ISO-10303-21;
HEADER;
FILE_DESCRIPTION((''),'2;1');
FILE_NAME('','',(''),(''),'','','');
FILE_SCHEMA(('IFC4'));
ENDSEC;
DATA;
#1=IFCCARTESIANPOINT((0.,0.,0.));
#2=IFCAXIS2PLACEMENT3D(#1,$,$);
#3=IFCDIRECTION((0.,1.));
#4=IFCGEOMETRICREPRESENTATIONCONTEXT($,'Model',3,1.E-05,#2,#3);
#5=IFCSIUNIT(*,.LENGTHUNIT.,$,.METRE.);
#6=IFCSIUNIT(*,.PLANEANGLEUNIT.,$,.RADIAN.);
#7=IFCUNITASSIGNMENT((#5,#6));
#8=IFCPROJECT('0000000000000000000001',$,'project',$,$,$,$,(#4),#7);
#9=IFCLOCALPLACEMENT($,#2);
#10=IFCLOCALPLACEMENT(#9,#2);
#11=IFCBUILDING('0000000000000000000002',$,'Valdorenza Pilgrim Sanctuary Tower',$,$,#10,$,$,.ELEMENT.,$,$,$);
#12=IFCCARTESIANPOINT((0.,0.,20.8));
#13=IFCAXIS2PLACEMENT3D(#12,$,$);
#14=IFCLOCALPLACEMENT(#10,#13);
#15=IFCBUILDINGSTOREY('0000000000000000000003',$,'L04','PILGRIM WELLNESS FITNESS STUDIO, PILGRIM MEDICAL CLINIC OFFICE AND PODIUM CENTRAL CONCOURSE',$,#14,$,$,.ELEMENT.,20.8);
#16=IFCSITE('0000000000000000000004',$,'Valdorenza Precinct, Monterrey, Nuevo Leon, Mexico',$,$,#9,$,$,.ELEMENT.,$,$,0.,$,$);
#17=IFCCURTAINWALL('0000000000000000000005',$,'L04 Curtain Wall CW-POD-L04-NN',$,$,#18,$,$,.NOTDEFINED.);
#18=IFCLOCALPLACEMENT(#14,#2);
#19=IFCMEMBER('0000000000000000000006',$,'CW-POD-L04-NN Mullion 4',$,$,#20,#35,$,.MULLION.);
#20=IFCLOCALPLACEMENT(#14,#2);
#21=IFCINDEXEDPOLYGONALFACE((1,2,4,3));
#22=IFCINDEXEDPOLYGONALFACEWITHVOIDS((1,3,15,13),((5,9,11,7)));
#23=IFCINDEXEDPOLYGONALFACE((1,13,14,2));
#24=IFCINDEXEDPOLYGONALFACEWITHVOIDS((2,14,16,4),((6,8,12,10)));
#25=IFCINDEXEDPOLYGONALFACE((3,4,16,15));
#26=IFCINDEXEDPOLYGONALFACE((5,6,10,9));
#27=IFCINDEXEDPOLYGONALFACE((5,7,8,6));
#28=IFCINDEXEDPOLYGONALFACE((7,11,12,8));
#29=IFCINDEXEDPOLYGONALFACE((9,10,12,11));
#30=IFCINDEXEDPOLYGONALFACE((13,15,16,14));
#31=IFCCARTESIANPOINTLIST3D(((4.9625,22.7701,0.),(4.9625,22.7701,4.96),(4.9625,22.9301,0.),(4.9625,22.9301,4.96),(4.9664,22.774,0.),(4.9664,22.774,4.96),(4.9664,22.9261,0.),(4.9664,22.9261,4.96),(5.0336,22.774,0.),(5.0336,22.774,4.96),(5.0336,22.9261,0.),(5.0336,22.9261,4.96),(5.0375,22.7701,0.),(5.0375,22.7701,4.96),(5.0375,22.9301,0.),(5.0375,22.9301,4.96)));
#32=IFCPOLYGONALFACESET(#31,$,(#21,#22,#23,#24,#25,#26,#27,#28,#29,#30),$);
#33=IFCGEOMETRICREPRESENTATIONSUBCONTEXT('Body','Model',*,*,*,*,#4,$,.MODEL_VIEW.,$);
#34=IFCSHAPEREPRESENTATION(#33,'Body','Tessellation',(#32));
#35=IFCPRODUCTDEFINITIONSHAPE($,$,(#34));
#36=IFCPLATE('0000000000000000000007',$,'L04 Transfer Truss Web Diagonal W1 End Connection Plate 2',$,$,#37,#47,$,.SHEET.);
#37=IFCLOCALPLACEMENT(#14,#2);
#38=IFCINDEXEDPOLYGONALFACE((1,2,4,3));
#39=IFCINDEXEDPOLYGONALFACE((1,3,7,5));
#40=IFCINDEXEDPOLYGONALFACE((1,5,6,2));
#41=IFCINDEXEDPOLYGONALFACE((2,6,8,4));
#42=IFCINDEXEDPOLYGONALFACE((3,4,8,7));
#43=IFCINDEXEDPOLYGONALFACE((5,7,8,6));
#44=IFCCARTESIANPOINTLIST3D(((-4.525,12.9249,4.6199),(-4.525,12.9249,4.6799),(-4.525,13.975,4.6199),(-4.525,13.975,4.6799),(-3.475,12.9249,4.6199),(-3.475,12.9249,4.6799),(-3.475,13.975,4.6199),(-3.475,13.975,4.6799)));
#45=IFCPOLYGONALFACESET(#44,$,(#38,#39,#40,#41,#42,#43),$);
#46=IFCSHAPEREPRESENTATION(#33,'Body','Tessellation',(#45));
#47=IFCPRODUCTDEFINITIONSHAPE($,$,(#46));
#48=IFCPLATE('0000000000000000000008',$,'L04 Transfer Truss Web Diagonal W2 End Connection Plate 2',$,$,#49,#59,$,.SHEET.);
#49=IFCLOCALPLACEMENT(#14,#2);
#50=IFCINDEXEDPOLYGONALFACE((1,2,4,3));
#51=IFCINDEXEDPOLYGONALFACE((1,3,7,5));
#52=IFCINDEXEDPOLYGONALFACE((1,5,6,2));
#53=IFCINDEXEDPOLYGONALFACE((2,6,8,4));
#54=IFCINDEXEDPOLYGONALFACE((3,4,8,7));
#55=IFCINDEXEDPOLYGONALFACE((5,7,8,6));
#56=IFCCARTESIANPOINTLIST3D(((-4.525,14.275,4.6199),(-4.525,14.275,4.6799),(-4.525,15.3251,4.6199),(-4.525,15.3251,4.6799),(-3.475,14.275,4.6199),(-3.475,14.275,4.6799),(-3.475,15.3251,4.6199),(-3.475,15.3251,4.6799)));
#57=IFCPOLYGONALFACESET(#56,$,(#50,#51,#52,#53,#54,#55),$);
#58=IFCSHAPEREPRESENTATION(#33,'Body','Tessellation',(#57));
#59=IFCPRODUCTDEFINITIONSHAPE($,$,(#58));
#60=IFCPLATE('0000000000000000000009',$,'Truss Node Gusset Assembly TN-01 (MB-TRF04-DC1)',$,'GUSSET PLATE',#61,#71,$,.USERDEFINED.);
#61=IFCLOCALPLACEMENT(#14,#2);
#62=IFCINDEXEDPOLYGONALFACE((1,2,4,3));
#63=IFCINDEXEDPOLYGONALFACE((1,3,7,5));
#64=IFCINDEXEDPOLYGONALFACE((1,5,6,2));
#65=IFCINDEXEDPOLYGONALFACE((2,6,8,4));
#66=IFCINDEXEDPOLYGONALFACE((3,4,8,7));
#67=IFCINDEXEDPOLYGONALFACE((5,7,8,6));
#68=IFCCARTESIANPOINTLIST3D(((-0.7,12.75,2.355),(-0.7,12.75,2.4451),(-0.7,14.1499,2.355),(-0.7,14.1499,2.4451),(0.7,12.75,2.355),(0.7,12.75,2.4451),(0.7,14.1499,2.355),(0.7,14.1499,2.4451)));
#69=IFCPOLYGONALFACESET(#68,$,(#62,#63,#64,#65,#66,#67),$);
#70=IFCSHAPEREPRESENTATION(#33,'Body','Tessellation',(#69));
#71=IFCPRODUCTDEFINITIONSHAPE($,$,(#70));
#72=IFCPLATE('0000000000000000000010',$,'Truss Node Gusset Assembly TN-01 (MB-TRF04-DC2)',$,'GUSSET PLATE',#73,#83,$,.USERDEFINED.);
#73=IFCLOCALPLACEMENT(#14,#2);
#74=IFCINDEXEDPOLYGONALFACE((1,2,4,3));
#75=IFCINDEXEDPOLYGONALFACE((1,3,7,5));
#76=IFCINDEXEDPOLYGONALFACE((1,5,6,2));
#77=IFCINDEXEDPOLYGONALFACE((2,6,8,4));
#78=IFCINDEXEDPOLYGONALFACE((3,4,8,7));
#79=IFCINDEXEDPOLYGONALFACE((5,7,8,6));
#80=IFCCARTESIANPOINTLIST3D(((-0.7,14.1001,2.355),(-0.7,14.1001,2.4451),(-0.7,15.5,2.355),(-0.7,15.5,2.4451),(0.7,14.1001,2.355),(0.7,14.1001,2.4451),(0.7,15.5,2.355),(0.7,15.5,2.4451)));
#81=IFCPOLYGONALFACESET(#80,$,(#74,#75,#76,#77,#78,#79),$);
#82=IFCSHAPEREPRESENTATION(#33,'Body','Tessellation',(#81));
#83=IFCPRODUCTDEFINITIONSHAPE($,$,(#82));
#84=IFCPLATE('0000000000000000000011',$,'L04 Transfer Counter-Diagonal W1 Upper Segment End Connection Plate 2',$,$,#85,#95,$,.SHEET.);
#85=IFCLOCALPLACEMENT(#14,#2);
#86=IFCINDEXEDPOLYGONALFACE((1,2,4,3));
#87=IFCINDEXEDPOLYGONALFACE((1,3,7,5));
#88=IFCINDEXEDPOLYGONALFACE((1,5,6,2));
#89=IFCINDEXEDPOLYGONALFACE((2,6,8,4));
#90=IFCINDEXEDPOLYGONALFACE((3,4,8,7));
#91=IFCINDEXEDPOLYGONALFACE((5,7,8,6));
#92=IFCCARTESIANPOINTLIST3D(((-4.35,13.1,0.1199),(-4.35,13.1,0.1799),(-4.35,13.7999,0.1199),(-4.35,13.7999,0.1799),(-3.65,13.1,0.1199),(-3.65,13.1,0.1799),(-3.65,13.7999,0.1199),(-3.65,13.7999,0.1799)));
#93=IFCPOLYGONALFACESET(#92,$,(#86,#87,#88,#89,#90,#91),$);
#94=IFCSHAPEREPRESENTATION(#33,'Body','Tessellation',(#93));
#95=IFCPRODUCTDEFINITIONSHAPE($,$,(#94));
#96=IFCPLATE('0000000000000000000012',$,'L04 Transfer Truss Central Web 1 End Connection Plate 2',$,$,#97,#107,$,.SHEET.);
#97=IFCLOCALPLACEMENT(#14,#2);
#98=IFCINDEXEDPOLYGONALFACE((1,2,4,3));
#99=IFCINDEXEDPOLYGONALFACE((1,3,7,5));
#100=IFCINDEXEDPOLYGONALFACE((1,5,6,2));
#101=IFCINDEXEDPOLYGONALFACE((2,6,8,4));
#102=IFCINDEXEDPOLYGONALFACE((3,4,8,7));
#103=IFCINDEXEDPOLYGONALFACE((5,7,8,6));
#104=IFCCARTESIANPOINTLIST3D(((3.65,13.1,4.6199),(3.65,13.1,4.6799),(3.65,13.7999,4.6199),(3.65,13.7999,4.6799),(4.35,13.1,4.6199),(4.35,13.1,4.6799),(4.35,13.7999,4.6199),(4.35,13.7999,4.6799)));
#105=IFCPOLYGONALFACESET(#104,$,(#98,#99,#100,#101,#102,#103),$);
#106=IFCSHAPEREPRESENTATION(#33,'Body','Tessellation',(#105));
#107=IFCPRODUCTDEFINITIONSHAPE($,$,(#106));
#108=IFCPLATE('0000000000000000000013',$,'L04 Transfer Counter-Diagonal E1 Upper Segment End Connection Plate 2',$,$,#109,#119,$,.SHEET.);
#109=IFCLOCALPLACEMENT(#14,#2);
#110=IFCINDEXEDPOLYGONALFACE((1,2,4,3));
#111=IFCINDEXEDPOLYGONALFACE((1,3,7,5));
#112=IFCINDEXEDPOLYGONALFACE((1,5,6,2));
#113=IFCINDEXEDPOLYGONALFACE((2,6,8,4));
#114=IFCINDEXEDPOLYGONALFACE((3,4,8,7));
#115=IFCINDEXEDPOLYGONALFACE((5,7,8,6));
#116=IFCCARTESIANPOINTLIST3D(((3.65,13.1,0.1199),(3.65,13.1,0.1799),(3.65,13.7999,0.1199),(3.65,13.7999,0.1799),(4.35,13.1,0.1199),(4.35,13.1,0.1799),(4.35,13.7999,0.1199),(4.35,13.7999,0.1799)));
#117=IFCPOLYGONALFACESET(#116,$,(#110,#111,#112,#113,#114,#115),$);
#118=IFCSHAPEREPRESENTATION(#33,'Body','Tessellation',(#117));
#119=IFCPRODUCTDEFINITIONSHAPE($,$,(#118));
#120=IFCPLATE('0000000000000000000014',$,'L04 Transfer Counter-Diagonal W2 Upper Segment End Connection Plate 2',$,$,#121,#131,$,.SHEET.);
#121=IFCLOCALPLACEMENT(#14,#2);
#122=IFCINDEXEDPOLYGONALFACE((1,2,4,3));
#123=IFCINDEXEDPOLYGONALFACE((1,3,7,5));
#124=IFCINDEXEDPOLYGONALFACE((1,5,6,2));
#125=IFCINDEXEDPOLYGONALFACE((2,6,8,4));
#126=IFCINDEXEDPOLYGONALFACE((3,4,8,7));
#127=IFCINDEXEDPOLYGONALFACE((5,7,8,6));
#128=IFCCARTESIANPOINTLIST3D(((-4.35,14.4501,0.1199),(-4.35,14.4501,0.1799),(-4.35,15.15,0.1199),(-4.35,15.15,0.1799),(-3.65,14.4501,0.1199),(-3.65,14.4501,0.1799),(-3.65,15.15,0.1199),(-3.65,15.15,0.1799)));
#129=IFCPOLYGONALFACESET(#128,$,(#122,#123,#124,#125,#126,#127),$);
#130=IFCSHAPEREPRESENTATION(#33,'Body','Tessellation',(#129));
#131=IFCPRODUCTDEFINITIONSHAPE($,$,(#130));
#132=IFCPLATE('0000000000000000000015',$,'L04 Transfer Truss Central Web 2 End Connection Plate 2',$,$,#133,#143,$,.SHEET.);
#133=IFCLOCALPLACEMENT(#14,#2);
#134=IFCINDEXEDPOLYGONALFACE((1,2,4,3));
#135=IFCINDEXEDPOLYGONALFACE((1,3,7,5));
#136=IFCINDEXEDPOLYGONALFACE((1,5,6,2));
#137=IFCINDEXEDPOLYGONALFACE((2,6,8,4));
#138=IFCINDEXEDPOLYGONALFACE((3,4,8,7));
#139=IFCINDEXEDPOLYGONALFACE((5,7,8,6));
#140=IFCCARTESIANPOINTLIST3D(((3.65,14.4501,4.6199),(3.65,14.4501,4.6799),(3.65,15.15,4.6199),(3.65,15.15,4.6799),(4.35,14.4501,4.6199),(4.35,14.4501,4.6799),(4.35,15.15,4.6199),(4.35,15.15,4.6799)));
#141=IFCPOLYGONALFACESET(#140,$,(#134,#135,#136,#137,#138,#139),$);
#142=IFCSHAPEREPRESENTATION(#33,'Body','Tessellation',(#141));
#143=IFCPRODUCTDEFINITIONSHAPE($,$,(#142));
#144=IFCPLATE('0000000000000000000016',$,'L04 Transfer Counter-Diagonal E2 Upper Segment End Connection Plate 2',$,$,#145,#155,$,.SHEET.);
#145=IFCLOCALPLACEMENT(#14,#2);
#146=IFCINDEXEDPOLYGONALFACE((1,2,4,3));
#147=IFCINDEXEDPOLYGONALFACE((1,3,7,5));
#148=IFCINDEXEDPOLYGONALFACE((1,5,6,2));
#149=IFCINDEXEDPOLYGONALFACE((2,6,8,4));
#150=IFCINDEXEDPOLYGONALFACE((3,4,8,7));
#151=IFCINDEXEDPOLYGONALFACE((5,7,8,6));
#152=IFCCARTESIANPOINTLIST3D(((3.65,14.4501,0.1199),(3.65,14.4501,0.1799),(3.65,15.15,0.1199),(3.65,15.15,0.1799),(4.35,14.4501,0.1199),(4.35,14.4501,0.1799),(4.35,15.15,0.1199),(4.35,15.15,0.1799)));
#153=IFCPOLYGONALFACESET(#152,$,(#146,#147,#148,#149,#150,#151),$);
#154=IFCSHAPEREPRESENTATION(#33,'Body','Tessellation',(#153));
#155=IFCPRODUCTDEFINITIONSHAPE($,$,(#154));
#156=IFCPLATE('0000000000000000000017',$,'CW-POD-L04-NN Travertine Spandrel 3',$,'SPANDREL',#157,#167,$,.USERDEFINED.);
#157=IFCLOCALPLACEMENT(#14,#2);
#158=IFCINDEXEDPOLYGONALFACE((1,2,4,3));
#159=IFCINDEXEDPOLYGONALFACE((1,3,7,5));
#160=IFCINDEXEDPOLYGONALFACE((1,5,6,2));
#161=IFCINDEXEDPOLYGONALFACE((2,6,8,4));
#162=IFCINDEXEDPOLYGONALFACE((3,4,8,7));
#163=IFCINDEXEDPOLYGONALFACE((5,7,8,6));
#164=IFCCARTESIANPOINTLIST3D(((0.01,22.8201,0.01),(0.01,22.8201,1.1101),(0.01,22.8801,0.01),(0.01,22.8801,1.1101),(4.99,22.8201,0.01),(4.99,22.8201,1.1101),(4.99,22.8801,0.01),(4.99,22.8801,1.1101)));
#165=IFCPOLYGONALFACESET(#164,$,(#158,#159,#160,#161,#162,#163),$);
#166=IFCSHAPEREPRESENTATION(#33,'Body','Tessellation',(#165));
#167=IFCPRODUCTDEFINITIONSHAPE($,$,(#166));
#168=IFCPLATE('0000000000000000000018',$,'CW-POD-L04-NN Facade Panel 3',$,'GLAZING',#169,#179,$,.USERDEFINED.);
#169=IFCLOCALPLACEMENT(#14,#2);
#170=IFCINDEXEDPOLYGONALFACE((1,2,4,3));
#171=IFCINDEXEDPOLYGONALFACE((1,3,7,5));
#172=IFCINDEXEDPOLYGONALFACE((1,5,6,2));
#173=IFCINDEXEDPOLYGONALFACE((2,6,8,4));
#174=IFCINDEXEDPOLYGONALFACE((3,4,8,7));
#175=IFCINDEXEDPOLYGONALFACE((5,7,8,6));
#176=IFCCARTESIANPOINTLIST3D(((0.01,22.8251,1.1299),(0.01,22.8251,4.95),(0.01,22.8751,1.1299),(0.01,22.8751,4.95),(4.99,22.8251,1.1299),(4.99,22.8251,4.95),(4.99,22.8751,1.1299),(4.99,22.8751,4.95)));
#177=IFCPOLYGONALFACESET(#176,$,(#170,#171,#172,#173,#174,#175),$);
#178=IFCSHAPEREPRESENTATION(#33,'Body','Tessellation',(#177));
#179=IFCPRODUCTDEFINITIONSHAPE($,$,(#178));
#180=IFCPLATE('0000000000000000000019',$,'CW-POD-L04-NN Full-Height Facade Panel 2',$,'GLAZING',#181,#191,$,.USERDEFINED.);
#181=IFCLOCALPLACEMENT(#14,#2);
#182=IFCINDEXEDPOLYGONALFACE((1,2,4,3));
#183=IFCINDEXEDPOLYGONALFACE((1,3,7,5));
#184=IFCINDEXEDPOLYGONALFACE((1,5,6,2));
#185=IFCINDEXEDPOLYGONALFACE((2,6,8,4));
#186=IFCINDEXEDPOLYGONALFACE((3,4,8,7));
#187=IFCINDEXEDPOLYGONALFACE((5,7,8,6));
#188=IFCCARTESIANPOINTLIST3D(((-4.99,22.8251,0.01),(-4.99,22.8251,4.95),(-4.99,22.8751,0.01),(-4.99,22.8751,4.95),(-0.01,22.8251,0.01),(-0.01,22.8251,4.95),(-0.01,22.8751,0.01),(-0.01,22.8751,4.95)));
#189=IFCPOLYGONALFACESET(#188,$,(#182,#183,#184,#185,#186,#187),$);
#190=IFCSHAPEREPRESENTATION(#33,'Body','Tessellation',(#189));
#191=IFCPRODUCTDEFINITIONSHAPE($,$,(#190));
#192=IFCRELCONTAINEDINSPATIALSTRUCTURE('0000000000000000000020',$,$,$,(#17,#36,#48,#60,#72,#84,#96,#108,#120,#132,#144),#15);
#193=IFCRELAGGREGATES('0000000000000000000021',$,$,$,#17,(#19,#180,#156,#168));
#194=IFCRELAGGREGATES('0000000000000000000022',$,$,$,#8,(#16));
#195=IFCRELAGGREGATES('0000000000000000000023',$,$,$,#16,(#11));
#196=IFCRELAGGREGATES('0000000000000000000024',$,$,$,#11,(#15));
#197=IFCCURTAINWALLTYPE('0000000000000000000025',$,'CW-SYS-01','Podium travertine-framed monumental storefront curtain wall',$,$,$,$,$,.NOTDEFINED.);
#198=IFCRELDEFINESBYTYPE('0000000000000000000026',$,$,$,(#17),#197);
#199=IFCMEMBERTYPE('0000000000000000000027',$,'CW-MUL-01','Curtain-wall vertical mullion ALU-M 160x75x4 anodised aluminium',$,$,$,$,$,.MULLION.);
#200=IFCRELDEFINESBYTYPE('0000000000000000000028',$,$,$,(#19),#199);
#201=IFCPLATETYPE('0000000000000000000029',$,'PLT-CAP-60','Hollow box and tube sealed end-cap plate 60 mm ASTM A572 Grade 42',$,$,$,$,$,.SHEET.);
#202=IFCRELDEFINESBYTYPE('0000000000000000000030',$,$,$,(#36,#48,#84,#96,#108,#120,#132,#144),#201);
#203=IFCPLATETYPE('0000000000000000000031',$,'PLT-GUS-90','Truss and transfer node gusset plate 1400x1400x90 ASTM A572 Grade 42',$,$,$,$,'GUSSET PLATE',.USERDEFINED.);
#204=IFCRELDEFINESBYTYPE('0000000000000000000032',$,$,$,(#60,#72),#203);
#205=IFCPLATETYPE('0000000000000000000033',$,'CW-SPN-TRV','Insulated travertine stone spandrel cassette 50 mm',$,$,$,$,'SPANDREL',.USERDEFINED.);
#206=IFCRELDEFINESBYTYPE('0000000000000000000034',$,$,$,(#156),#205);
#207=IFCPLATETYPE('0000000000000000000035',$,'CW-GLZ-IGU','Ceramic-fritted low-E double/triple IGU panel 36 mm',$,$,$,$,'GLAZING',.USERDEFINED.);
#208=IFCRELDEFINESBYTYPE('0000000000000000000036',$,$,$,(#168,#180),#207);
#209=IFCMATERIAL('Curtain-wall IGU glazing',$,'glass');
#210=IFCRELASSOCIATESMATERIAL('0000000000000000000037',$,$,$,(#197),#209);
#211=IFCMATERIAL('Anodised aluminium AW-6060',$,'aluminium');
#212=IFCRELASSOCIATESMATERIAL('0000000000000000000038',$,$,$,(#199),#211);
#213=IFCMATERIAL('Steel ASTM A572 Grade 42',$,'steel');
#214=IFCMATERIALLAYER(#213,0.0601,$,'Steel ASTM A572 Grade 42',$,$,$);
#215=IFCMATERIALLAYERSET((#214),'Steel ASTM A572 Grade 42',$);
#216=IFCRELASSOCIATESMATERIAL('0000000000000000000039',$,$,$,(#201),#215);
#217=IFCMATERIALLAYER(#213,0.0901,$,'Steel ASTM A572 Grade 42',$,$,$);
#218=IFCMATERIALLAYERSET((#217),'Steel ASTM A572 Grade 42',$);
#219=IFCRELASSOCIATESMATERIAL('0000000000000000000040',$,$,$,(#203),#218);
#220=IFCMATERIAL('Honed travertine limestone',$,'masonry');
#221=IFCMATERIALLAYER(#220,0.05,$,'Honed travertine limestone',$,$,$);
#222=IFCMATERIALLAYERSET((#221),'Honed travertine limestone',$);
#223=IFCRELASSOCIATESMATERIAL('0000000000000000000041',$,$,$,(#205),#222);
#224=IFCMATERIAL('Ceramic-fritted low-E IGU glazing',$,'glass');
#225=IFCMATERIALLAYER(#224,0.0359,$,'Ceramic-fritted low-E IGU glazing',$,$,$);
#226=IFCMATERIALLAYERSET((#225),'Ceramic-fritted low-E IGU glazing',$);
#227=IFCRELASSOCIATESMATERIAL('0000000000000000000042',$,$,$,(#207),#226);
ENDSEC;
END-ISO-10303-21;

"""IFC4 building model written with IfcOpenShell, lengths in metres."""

from ifc_helpers import new_model, si_unit, direction, frame, origin, origin_2d, place, context, subcontext, project, spatial, rectangle, hollow_rectangle, extrude, source, transform, mapped, material, layer, layer_set, material_profile, profile_set, type_object, element, aggregate, save


model = new_model("IFC4")

# Units and contexts
model_context = context("Model", 3, precision=1e-05, world=origin(), true_north=direction((0.0, 1.0)))
body_context = subcontext(model_context, "Body", "Model", "MODEL_VIEW")
ifc_project = project(units=[si_unit("LENGTHUNIT", "METRE"), si_unit("PLANEANGLEUNIT", "RADIAN")], contexts=[model_context])

# Site, building, storey
site_placement = place(None, origin())
site = spatial("IfcSite", under=ifc_project, at=site_placement, Name="Valdorenza Precinct, Monterrey, Nuevo Leon, Mexico", CompositionType="ELEMENT", RefElevation=0.0)
building_placement = place(site_placement, origin())
building = spatial("IfcBuilding", under=site, at=building_placement, Name="Valdorenza Pilgrim Sanctuary Tower", CompositionType="ELEMENT")
storey_placement = place(building_placement, frame((0.0, 0.0, 20.8)))
storey = spatial("IfcBuildingStorey", under=building, at=storey_placement, Name="L04", Description="PILGRIM WELLNESS FITNESS STUDIO, PILGRIM MEDICAL CLINIC OFFICE AND PODIUM CENTRAL CONCOURSE", CompositionType="ELEMENT", Elevation=20.8)

# Curtain wall, member
ifc_material_1 = material(Name="Curtain-wall IGU glazing", Category="glass")
curtain_wall_type = type_object("IfcCurtainWallType", Name="CW-SYS-01", Description="Podium travertine-framed monumental storefront curtain wall", PredefinedType="NOTDEFINED", material=ifc_material_1)
curtain_wall_placement = place(storey_placement, origin())
curtain_wall = element("IfcCurtainWall", 1, at=curtain_wall_placement, inside=storey, type_object=curtain_wall_type, Name="L04 Curtain Wall CW-POD-L04-NN", PredefinedType="NOTDEFINED")
ifc_material_2 = material(Name="Anodised aluminium AW-6060", Category="aluminium")
ifc_material_profile_1 = material_profile(ifc_material_2, hollow_rectangle(XDim=0.075, YDim=0.1599, WallThickness=0.0039, at=origin_2d()), Name="ALU-M 160x75x4")
ifc_profile_set_1 = profile_set([ifc_material_profile_1], Name="Anodised aluminium AW-6060")
member_type_1 = type_object("IfcMemberType", Name="CW-MUL-01", Description="Curtain-wall vertical mullion ALU-M 160x75x4 anodised aluminium", PredefinedType="MULLION", material=ifc_profile_set_1)
shared_shape_1 = source(origin(), body_context, "Body", "SweptSolid", [
    extrude(hollow_rectangle(XDim=0.075, YDim=0.1599, WallThickness=0.0039, at=origin_2d()), origin(), (0.0, 0.0, 1.0), 4.96),
])
member_1_placement = place(storey_placement, frame((5.0, 22.8501, 0.0), z_axis=(0.0, 0.0, 1.0), x_axis=(1.0, 0.0, 0.0)))
member_1 = element("IfcMember", 2, at=member_1_placement, type_object=member_type_1, Name="CW-POD-L04-NN Mullion 4", PredefinedType="MULLION", context=body_context, shape_type="MappedRepresentation", body=[
    mapped(shared_shape_1, transform((0.0, 0.0, 0.0), x_axis=(1.0, 0.0, 0.0), y_axis=(0.0, 1.0, 0.0), z_axis=(0.0, 0.0, 1.0), scale=1.0)),
])

# Plates
ifc_material_3 = material(Name="Steel ASTM A572 Grade 42", Category="steel")
ifc_layer_1 = layer(ifc_material_3, 0.0601, Name="Steel ASTM A572 Grade 42")
ifc_layer_set_1 = layer_set([ifc_layer_1], Name="Steel ASTM A572 Grade 42")
plate_type_1 = type_object("IfcPlateType", Name="PLT-CAP-60", Description="Hollow box and tube sealed end-cap plate 60 mm ASTM A572 Grade 42", PredefinedType="SHEET", material=ifc_layer_set_1)
shared_shape_2 = source(origin(), body_context, "Body", "SweptSolid", [
    extrude(rectangle(XDim=1.05, YDim=1.05, at=origin_2d()), origin(), (0.0, 0.0, 1.0), 0.0601),
])
for number, where, z_axis, x_axis, name in (
    (3, (-4.0, 13.45, 4.6199), (0.0, 0.0, 1.0), (1.0, 0.0, 0.0), "L04 Transfer Truss Web Diagonal W1 End Connection Plate 2"),
    (4, (-4.0, 14.8, 4.6199), (0.0, 0.0, 1.0), (1.0, 0.0, 0.0), "L04 Transfer Truss Web Diagonal W2 End Connection Plate 2"),
):
    element("IfcPlate", number, at=place(storey_placement, frame(where, z_axis=z_axis, x_axis=x_axis)), inside=storey, type_object=plate_type_1, Name=name, PredefinedType="SHEET", context=body_context, shape_type="MappedRepresentation", body=[
        mapped(shared_shape_2, transform((0.0, 0.0, 0.0), x_axis=(1.0, 0.0, 0.0), y_axis=(0.0, 1.0, 0.0), z_axis=(0.0, 0.0, 1.0), scale=1.0)),
    ])
ifc_layer_2 = layer(ifc_material_3, 0.0901, Name="Steel ASTM A572 Grade 42")
ifc_layer_set_2 = layer_set([ifc_layer_2], Name="Steel ASTM A572 Grade 42")
plate_type_2 = type_object("IfcPlateType", Name="PLT-GUS-90", Description="Truss and transfer node gusset plate 1400x1400x90 ASTM A572 Grade 42", ElementType="GUSSET PLATE", PredefinedType="USERDEFINED", material=ifc_layer_set_2)
shared_shape_3 = source(origin(), body_context, "Body", "SweptSolid", [
    extrude(rectangle(XDim=1.3999, YDim=1.3999, at=origin_2d()), origin(), (0.0, 0.0, 1.0), 0.0901),
])
for number, where, z_axis, x_axis, name in (
    (5, (0.0, 13.45, 2.355), (0.0, 0.0, 1.0), (1.0, 0.0, 0.0), "Truss Node Gusset Assembly TN-01 (MB-TRF04-DC1)"),
    (6, (0.0, 14.8, 2.355), (0.0, 0.0, 1.0), (1.0, 0.0, 0.0), "Truss Node Gusset Assembly TN-01 (MB-TRF04-DC2)"),
):
    element("IfcPlate", number, at=place(storey_placement, frame(where, z_axis=z_axis, x_axis=x_axis)), inside=storey, type_object=plate_type_2, Name=name, ObjectType="GUSSET PLATE", PredefinedType="USERDEFINED", context=body_context, shape_type="MappedRepresentation", body=[
        mapped(shared_shape_3, transform((0.0, 0.0, 0.0), x_axis=(1.0, 0.0, 0.0), y_axis=(0.0, 1.0, 0.0), z_axis=(0.0, 0.0, 1.0), scale=1.0)),
    ])
shared_shape_4 = source(origin(), body_context, "Body", "SweptSolid", [
    extrude(rectangle(XDim=0.7, YDim=0.7, at=origin_2d()), origin(), (0.0, 0.0, 1.0), 0.0601),
])
for number, where, z_axis, x_axis, name in (
    (7, (-4.0, 13.45, 0.1199), (0.0, 0.0, 1.0), (1.0, 0.0, 0.0), "L04 Transfer Counter-Diagonal W1 Upper Segment End Connection Plate 2"),
    (8, (4.0, 13.45, 4.6199), (0.0, 0.0, 1.0), (1.0, 0.0, 0.0), "L04 Transfer Truss Central Web 1 End Connection Plate 2"),
    (9, (4.0, 13.45, 0.1199), (0.0, 0.0, 1.0), (1.0, 0.0, 0.0), "L04 Transfer Counter-Diagonal E1 Upper Segment End Connection Plate 2"),
    (10, (-4.0, 14.8, 0.1199), (0.0, 0.0, 1.0), (1.0, 0.0, 0.0), "L04 Transfer Counter-Diagonal W2 Upper Segment End Connection Plate 2"),
    (11, (4.0, 14.8, 4.6199), (0.0, 0.0, 1.0), (1.0, 0.0, 0.0), "L04 Transfer Truss Central Web 2 End Connection Plate 2"),
    (12, (4.0, 14.8, 0.1199), (0.0, 0.0, 1.0), (1.0, 0.0, 0.0), "L04 Transfer Counter-Diagonal E2 Upper Segment End Connection Plate 2"),
):
    element("IfcPlate", number, at=place(storey_placement, frame(where, z_axis=z_axis, x_axis=x_axis)), inside=storey, type_object=plate_type_1, Name=name, PredefinedType="SHEET", context=body_context, shape_type="MappedRepresentation", body=[
        mapped(shared_shape_4, transform((0.0, 0.0, 0.0), x_axis=(1.0, 0.0, 0.0), y_axis=(0.0, 1.0, 0.0), z_axis=(0.0, 0.0, 1.0), scale=1.0)),
    ])

# Plates
ifc_material_4 = material(Name="Honed travertine limestone", Category="masonry")
ifc_layer_3 = layer(ifc_material_4, 0.05, Name="Honed travertine limestone")
ifc_layer_set_3 = layer_set([ifc_layer_3], Name="Honed travertine limestone")
plate_type_3 = type_object("IfcPlateType", Name="CW-SPN-TRV", Description="Insulated travertine stone spandrel cassette 50 mm", ElementType="SPANDREL", PredefinedType="USERDEFINED", material=ifc_layer_set_3)
shared_shape_5 = source(origin(), body_context, "Body", "SweptSolid", [
    extrude(rectangle(XDim=4.98, YDim=0.0601, at=origin_2d()), origin(), (0.0, 0.0, 1.0), 1.1001),
])
plate_1_placement = place(storey_placement, frame((2.5, 22.8501, 0.01), z_axis=(0.0, 0.0, 1.0), x_axis=(1.0, 0.0, 0.0)))
plate_1 = element("IfcPlate", 13, at=plate_1_placement, type_object=plate_type_3, Name="CW-POD-L04-NN Travertine Spandrel 3", ObjectType="SPANDREL", PredefinedType="USERDEFINED", context=body_context, shape_type="MappedRepresentation", body=[
    mapped(shared_shape_5, transform((0.0, 0.0, 0.0), x_axis=(1.0, 0.0, 0.0), y_axis=(0.0, 1.0, 0.0), z_axis=(0.0, 0.0, 1.0), scale=1.0)),
])
ifc_material_5 = material(Name="Ceramic-fritted low-E IGU glazing", Category="glass")
ifc_layer_4 = layer(ifc_material_5, 0.0359, Name="Ceramic-fritted low-E IGU glazing")
ifc_layer_set_4 = layer_set([ifc_layer_4], Name="Ceramic-fritted low-E IGU glazing")
plate_type_4 = type_object("IfcPlateType", Name="CW-GLZ-IGU", Description="Ceramic-fritted low-E double/triple IGU panel 36 mm", ElementType="GLAZING", PredefinedType="USERDEFINED", material=ifc_layer_set_4)
shared_shape_6 = source(origin(), body_context, "Body", "SweptSolid", [
    extrude(rectangle(XDim=4.98, YDim=0.05, at=origin_2d()), origin(), (0.0, 0.0, 1.0), 3.8201),
])
plate_2_placement = place(storey_placement, frame((2.5, 22.8501, 1.1299), z_axis=(0.0, 0.0, 1.0), x_axis=(1.0, 0.0, 0.0)))
plate_2 = element("IfcPlate", 14, at=plate_2_placement, type_object=plate_type_4, Name="CW-POD-L04-NN Facade Panel 3", ObjectType="GLAZING", PredefinedType="USERDEFINED", context=body_context, shape_type="MappedRepresentation", body=[
    mapped(shared_shape_6, transform((0.0, 0.0, 0.0), x_axis=(1.0, 0.0, 0.0), y_axis=(0.0, 1.0, 0.0), z_axis=(0.0, 0.0, 1.0), scale=1.0)),
])
shared_shape_7 = source(origin(), body_context, "Body", "SweptSolid", [
    extrude(rectangle(XDim=4.98, YDim=0.05, at=origin_2d()), origin(), (0.0, 0.0, 1.0), 4.9399),
])
plate_3_placement = place(storey_placement, frame((-2.5, 22.8501, 0.01), z_axis=(0.0, 0.0, 1.0), x_axis=(1.0, 0.0, 0.0)))
plate_3 = element("IfcPlate", 15, at=plate_3_placement, type_object=plate_type_4, Name="CW-POD-L04-NN Full-Height Facade Panel 2", ObjectType="GLAZING", PredefinedType="USERDEFINED", context=body_context, shape_type="MappedRepresentation", body=[
    mapped(shared_shape_7, transform((0.0, 0.0, 0.0), x_axis=(1.0, 0.0, 0.0), y_axis=(0.0, 1.0, 0.0), z_axis=(0.0, 0.0, 1.0), scale=1.0)),
])
aggregate(curtain_wall, [member_1, plate_3, plate_1, plate_2])

save(model, "model.ifc")
